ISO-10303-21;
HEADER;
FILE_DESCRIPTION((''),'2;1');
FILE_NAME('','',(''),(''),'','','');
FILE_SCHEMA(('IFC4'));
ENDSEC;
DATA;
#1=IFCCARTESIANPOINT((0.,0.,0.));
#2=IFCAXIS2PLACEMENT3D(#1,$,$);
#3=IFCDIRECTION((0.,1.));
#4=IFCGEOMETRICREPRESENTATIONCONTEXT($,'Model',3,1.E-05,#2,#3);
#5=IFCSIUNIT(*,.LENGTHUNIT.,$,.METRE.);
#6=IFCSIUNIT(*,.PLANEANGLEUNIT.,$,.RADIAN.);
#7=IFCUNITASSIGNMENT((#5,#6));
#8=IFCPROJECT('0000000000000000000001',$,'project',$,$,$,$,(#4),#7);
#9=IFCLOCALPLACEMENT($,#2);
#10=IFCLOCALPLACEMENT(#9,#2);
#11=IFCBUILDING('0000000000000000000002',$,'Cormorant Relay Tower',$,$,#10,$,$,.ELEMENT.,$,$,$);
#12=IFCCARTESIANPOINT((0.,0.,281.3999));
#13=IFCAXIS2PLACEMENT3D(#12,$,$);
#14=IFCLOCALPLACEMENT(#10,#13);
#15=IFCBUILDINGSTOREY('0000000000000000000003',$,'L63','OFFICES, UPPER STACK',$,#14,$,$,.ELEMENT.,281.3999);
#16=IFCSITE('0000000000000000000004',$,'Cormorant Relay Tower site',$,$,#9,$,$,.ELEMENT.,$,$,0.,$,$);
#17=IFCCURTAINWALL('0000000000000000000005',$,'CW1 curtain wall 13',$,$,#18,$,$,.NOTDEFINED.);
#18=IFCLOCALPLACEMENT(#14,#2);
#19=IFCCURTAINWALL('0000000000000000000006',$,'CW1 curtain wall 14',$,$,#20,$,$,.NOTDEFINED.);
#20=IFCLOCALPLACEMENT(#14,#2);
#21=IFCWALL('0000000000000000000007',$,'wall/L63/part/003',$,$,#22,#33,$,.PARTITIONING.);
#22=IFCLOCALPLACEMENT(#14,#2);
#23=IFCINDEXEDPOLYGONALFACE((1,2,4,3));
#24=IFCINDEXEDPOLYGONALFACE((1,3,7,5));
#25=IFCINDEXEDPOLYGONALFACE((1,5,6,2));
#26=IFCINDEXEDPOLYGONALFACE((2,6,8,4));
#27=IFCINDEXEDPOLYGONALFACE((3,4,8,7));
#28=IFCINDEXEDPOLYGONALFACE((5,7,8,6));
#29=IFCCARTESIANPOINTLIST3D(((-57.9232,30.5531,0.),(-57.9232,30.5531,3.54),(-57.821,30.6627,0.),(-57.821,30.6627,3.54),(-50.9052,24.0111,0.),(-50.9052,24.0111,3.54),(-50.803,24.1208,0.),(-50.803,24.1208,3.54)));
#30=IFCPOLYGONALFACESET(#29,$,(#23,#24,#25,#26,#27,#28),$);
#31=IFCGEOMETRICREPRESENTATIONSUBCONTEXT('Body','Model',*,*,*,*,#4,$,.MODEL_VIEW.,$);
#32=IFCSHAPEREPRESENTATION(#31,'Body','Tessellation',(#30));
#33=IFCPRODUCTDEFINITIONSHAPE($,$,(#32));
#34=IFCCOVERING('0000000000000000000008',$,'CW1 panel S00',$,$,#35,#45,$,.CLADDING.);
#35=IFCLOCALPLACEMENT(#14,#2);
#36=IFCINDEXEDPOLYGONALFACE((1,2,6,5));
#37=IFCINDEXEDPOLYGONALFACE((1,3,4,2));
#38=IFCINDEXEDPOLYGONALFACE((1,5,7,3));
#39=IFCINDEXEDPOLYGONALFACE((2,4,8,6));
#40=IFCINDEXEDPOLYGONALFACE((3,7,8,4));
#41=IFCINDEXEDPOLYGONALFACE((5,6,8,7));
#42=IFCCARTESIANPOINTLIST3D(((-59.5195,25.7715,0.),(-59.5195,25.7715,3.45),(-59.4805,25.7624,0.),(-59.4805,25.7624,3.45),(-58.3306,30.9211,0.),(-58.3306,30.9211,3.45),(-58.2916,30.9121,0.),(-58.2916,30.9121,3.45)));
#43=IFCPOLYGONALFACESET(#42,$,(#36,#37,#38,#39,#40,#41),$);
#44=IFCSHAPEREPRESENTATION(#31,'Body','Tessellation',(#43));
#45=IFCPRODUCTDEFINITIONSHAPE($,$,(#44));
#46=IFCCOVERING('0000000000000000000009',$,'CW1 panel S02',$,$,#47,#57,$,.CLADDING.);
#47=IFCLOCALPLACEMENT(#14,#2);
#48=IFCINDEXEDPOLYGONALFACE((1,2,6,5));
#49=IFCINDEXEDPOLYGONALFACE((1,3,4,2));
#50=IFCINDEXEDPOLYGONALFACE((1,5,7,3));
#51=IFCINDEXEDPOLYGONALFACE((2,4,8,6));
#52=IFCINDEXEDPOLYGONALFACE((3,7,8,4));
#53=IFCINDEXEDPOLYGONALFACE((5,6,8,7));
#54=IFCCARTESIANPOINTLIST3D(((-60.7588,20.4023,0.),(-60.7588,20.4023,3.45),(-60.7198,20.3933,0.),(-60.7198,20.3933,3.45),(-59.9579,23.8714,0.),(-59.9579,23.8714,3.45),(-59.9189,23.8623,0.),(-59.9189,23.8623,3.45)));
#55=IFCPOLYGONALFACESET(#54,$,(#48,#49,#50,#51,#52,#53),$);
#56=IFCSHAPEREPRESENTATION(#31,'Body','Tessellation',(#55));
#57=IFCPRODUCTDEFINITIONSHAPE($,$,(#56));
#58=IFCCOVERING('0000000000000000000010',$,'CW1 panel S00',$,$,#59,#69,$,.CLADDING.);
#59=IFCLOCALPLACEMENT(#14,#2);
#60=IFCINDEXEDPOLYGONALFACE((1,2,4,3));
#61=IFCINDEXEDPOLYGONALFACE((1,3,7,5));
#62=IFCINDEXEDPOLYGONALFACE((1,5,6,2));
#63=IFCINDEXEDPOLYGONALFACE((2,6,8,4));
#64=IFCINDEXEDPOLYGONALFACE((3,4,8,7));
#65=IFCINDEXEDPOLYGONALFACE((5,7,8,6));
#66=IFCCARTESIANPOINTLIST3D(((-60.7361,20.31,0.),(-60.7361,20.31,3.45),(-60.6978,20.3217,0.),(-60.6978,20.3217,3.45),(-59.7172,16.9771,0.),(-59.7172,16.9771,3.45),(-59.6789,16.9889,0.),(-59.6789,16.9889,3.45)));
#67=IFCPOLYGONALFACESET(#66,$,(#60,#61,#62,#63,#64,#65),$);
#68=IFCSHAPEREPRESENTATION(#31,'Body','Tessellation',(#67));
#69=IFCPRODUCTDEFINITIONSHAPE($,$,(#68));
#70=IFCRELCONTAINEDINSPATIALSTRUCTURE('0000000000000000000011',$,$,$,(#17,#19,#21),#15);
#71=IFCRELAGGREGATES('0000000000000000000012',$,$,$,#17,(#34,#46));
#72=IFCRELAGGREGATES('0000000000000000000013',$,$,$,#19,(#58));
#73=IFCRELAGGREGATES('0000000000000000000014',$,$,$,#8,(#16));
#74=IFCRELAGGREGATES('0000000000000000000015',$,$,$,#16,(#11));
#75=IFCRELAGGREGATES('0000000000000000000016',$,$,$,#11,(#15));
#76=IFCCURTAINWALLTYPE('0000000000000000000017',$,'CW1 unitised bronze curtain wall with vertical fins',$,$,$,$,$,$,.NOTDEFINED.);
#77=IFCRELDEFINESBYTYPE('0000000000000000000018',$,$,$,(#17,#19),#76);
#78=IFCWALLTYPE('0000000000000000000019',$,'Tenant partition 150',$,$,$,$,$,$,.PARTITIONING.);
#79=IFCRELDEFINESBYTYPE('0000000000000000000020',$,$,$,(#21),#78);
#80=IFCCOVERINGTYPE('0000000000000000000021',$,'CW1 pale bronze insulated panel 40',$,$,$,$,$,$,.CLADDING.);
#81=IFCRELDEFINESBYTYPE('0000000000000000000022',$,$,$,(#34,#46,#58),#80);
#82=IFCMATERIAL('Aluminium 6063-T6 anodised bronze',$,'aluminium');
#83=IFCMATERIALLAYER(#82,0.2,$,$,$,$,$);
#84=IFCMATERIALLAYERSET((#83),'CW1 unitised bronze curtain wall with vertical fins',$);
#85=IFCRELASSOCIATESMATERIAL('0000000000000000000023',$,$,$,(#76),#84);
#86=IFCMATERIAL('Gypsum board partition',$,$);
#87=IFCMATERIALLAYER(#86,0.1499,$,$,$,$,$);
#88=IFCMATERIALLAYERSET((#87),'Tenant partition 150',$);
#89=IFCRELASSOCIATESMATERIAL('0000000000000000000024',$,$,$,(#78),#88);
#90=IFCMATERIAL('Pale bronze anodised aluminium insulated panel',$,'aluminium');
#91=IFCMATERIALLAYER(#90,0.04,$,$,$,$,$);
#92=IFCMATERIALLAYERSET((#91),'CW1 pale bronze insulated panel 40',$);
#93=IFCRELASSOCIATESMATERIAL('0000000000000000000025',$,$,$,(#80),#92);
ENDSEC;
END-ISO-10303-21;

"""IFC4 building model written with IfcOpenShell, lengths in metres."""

from ifc_helpers import new_model, si_unit, direction, frame, frame_2d, origin, origin_2d, place, context, subcontext, project, spatial, rectangle, extrude, material, layer, layer_set, type_object, element, aggregate, save


model = new_model("IFC4")

# Units and contexts
model_context = context("Model", 3, precision=1e-05, world=origin(), true_north=direction((0.0, 1.0)))
body_context = subcontext(model_context, "Body", "Model", "MODEL_VIEW")
ifc_project = project(units=[si_unit("LENGTHUNIT", "METRE"), si_unit("PLANEANGLEUNIT", "RADIAN")], contexts=[model_context])

# Site, building, storey
site_placement = place(None, origin())
site = spatial("IfcSite", under=ifc_project, at=site_placement, Name="Cormorant Relay Tower site", CompositionType="ELEMENT", RefElevation=0.0)
building_placement = place(site_placement, origin())
building = spatial("IfcBuilding", under=site, at=building_placement, Name="Cormorant Relay Tower", CompositionType="ELEMENT")
storey_placement = place(building_placement, frame((0.0, 0.0, 281.3999)))
storey = spatial("IfcBuildingStorey", under=building, at=storey_placement, Name="L63", Description="OFFICES, UPPER STACK", CompositionType="ELEMENT", Elevation=281.3999)

# Curtain wall
ifc_material_1 = material(Name="Aluminium 6063-T6 anodised bronze", Category="aluminium")
ifc_layer_1 = layer(ifc_material_1, 0.2)
ifc_layer_set_1 = layer_set([ifc_layer_1], Name="CW1 unitised bronze curtain wall with vertical fins")
curtain_wall_type = type_object("IfcCurtainWallType", Name="CW1 unitised bronze curtain wall with vertical fins", PredefinedType="NOTDEFINED", material=ifc_layer_set_1)
curtain_wall_1_placement = place(storey_placement, origin())
curtain_wall_1 = element("IfcCurtainWall", 1, at=curtain_wall_1_placement, inside=storey, type_object=curtain_wall_type, Name="CW1 curtain wall 13", PredefinedType="NOTDEFINED")

# Curtain wall
curtain_wall_2_placement = place(storey_placement, origin())
curtain_wall_2 = element("IfcCurtainWall", 2, at=curtain_wall_2_placement, inside=storey, type_object=curtain_wall_type, Name="CW1 curtain wall 14", PredefinedType="NOTDEFINED")

# Wall
ifc_material_2 = material(Name="Gypsum board partition")
ifc_layer_2 = layer(ifc_material_2, 0.1499)
ifc_layer_set_2 = layer_set([ifc_layer_2], Name="Tenant partition 150")
wall_type_1 = type_object("IfcWallType", Name="Tenant partition 150", PredefinedType="PARTITIONING", material=ifc_layer_set_2)
wall_1_placement = place(storey_placement, frame((-57.8721, 30.6079, 0.0), z_axis=(0.0, 0.0, 1.0), x_axis=(0.731482, -0.681861, 0.0)))
element("IfcWall", 3, at=wall_1_placement, inside=storey, type_object=wall_type_1, Name="wall/L63/part/003", PredefinedType="PARTITIONING", context=body_context, shape_type="SweptSolid", body=[
    extrude(rectangle(XDim=9.5942, YDim=0.1499, at=frame_2d((4.7971, 0.0))), origin(), (0.0, 0.0, 1.0), 3.54),
])

# Coverings
ifc_material_3 = material(Name="Pale bronze anodised aluminium insulated panel", Category="aluminium")
ifc_layer_3 = layer(ifc_material_3, 0.04)
ifc_layer_set_3 = layer_set([ifc_layer_3], Name="CW1 pale bronze insulated panel 40")
covering_type = type_object("IfcCoveringType", Name="CW1 pale bronze insulated panel 40", PredefinedType="CLADDING", material=ifc_layer_set_3)
covering_1_placement = place(storey_placement, frame((-58.9055, 28.3418, 0.0), z_axis=(0.0, 0.0, 1.0), x_axis=(-0.224951, -0.97437, 0.0)))
covering_1 = element("IfcCovering", 4, at=covering_1_placement, type_object=covering_type, Name="CW1 panel S00", PredefinedType="CLADDING", context=body_context, shape_type="SweptSolid", body=[
    extrude(rectangle(XDim=5.2852, YDim=0.04, at=origin_2d()), origin(), (0.0, 0.0, 1.0), 3.45),
])
covering_2_placement = place(storey_placement, frame((-60.3389, 22.1323, 0.0), z_axis=(0.0, 0.0, 1.0), x_axis=(-0.224951, -0.97437, 0.0)))
covering_2 = element("IfcCovering", 5, at=covering_2_placement, type_object=covering_type, Name="CW1 panel S02", PredefinedType="CLADDING", context=body_context, shape_type="SweptSolid", body=[
    extrude(rectangle(XDim=3.5603, YDim=0.04, at=origin_2d()), origin(), (0.0, 0.0, 1.0), 3.45),
])
aggregate(curtain_wall_1, [covering_1, covering_2])
covering_3_placement = place(storey_placement, frame((-60.2075, 18.6494, 0.0), z_axis=(0.0, 0.0, 1.0), x_axis=(0.292372, -0.956305, 0.0)))
covering_3 = element("IfcCovering", 6, at=covering_3_placement, type_object=covering_type, Name="CW1 panel S00", PredefinedType="CLADDING", context=body_context, shape_type="SweptSolid", body=[
    extrude(rectangle(XDim=3.4851, YDim=0.04, at=origin_2d()), origin(), (0.0, 0.0, 1.0), 3.45),
])
aggregate(curtain_wall_2, [covering_3])

save(model, "model.ifc")
